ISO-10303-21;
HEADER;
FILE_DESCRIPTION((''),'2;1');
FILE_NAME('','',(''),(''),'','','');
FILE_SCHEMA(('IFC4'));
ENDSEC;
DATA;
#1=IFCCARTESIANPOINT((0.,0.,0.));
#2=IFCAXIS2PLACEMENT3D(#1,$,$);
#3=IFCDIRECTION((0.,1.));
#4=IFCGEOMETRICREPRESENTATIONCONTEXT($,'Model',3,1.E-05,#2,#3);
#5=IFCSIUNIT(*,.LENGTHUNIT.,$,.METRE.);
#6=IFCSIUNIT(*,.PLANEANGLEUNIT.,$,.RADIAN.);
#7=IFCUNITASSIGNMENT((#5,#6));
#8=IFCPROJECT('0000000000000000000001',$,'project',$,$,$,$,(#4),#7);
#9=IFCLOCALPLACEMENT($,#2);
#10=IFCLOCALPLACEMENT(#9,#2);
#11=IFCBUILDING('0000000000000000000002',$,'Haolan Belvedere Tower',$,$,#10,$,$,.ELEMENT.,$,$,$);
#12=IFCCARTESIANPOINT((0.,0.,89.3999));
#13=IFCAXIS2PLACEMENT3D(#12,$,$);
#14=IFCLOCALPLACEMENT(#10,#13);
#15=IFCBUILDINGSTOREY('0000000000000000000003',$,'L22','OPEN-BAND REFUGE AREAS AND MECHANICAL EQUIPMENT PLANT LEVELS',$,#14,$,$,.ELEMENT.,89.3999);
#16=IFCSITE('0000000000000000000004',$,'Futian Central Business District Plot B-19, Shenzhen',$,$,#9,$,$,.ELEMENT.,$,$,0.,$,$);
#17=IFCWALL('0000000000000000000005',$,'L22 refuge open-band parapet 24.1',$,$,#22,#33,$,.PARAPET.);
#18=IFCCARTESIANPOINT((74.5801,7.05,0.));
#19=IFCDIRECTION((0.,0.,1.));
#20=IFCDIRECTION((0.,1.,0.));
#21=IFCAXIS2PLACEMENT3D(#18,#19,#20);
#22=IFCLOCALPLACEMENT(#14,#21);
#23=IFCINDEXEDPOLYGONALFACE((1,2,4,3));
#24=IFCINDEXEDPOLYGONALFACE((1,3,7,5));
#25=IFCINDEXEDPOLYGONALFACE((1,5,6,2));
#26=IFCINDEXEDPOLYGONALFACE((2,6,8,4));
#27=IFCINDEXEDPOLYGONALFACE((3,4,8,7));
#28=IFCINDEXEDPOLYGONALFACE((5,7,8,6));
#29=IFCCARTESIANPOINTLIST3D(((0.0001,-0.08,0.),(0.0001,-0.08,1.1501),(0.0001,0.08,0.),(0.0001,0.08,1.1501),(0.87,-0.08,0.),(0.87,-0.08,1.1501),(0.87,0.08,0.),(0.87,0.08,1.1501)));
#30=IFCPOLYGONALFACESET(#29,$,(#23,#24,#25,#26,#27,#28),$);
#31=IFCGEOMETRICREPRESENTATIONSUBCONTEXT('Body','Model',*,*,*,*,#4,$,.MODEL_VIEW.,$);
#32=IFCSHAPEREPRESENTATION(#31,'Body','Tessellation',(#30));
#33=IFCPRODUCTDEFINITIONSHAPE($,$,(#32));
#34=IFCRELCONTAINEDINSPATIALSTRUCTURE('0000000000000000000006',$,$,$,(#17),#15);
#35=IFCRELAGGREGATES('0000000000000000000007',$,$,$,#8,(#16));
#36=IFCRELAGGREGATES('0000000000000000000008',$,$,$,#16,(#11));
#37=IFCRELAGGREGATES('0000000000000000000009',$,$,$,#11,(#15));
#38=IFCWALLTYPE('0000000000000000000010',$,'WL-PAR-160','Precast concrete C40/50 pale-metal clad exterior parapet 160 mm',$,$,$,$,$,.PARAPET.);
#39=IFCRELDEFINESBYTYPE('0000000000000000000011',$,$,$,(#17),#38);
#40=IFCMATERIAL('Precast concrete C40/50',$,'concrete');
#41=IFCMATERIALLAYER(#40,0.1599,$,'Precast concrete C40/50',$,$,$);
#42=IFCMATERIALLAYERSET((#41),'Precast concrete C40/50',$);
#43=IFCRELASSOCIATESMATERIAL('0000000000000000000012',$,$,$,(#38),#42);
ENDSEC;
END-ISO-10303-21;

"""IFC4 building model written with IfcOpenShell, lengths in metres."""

from ifc_helpers import new_model, si_unit, direction, frame, frame_2d, origin, place, context, subcontext, project, spatial, rectangle, extrude, material, layer, layer_set, type_object, element, save


model = new_model("IFC4")

# Units and contexts
model_context = context("Model", 3, precision=1e-05, world=origin(), true_north=direction((0.0, 1.0)))
body_context = subcontext(model_context, "Body", "Model", "MODEL_VIEW")
ifc_project = project(units=[si_unit("LENGTHUNIT", "METRE"), si_unit("PLANEANGLEUNIT", "RADIAN")], contexts=[model_context])

# Site, building, storey
site_placement = place(None, origin())
site = spatial("IfcSite", under=ifc_project, at=site_placement, Name="Futian Central Business District Plot B-19, Shenzhen", CompositionType="ELEMENT", RefElevation=0.0)
building_placement = place(site_placement, origin())
building = spatial("IfcBuilding", under=site, at=building_placement, Name="Haolan Belvedere Tower", CompositionType="ELEMENT")
storey_placement = place(building_placement, frame((0.0, 0.0, 89.3999)))
storey = spatial("IfcBuildingStorey", under=building, at=storey_placement, Name="L22", Description="OPEN-BAND REFUGE AREAS AND MECHANICAL EQUIPMENT PLANT LEVELS", CompositionType="ELEMENT", Elevation=89.3999)

# Wall
ifc_material_1 = material(Name="Precast concrete C40/50", Category="concrete")
ifc_layer_1 = layer(ifc_material_1, 0.1599, Name="Precast concrete C40/50")
ifc_layer_set_1 = layer_set([ifc_layer_1], Name="Precast concrete C40/50")
wall_type = type_object("IfcWallType", Name="WL-PAR-160", Description="Precast concrete C40/50 pale-metal clad exterior parapet 160 mm", PredefinedType="PARAPET", material=ifc_layer_set_1)
for number, where, z_axis, x_axis, name in (
    (1, (74.5801, 7.05, 0.0), (0.0, 0.0, 1.0), (0.0, 1.0, 0.0), "L22 refuge open-band parapet 24.1"),
):
    element("IfcWall", number, at=place(storey_placement, frame(where, z_axis=z_axis, x_axis=x_axis)), inside=storey, type_object=wall_type, Name=name, PredefinedType="PARAPET", context=body_context, shape_type="SweptSolid", body=[
        extrude(rectangle(XDim=0.8699, YDim=0.1599, at=frame_2d((0.4351, 0.0))), origin(), (0.0, 0.0, 1.0), 1.1501),
    ])

save(model, "model.ifc")
